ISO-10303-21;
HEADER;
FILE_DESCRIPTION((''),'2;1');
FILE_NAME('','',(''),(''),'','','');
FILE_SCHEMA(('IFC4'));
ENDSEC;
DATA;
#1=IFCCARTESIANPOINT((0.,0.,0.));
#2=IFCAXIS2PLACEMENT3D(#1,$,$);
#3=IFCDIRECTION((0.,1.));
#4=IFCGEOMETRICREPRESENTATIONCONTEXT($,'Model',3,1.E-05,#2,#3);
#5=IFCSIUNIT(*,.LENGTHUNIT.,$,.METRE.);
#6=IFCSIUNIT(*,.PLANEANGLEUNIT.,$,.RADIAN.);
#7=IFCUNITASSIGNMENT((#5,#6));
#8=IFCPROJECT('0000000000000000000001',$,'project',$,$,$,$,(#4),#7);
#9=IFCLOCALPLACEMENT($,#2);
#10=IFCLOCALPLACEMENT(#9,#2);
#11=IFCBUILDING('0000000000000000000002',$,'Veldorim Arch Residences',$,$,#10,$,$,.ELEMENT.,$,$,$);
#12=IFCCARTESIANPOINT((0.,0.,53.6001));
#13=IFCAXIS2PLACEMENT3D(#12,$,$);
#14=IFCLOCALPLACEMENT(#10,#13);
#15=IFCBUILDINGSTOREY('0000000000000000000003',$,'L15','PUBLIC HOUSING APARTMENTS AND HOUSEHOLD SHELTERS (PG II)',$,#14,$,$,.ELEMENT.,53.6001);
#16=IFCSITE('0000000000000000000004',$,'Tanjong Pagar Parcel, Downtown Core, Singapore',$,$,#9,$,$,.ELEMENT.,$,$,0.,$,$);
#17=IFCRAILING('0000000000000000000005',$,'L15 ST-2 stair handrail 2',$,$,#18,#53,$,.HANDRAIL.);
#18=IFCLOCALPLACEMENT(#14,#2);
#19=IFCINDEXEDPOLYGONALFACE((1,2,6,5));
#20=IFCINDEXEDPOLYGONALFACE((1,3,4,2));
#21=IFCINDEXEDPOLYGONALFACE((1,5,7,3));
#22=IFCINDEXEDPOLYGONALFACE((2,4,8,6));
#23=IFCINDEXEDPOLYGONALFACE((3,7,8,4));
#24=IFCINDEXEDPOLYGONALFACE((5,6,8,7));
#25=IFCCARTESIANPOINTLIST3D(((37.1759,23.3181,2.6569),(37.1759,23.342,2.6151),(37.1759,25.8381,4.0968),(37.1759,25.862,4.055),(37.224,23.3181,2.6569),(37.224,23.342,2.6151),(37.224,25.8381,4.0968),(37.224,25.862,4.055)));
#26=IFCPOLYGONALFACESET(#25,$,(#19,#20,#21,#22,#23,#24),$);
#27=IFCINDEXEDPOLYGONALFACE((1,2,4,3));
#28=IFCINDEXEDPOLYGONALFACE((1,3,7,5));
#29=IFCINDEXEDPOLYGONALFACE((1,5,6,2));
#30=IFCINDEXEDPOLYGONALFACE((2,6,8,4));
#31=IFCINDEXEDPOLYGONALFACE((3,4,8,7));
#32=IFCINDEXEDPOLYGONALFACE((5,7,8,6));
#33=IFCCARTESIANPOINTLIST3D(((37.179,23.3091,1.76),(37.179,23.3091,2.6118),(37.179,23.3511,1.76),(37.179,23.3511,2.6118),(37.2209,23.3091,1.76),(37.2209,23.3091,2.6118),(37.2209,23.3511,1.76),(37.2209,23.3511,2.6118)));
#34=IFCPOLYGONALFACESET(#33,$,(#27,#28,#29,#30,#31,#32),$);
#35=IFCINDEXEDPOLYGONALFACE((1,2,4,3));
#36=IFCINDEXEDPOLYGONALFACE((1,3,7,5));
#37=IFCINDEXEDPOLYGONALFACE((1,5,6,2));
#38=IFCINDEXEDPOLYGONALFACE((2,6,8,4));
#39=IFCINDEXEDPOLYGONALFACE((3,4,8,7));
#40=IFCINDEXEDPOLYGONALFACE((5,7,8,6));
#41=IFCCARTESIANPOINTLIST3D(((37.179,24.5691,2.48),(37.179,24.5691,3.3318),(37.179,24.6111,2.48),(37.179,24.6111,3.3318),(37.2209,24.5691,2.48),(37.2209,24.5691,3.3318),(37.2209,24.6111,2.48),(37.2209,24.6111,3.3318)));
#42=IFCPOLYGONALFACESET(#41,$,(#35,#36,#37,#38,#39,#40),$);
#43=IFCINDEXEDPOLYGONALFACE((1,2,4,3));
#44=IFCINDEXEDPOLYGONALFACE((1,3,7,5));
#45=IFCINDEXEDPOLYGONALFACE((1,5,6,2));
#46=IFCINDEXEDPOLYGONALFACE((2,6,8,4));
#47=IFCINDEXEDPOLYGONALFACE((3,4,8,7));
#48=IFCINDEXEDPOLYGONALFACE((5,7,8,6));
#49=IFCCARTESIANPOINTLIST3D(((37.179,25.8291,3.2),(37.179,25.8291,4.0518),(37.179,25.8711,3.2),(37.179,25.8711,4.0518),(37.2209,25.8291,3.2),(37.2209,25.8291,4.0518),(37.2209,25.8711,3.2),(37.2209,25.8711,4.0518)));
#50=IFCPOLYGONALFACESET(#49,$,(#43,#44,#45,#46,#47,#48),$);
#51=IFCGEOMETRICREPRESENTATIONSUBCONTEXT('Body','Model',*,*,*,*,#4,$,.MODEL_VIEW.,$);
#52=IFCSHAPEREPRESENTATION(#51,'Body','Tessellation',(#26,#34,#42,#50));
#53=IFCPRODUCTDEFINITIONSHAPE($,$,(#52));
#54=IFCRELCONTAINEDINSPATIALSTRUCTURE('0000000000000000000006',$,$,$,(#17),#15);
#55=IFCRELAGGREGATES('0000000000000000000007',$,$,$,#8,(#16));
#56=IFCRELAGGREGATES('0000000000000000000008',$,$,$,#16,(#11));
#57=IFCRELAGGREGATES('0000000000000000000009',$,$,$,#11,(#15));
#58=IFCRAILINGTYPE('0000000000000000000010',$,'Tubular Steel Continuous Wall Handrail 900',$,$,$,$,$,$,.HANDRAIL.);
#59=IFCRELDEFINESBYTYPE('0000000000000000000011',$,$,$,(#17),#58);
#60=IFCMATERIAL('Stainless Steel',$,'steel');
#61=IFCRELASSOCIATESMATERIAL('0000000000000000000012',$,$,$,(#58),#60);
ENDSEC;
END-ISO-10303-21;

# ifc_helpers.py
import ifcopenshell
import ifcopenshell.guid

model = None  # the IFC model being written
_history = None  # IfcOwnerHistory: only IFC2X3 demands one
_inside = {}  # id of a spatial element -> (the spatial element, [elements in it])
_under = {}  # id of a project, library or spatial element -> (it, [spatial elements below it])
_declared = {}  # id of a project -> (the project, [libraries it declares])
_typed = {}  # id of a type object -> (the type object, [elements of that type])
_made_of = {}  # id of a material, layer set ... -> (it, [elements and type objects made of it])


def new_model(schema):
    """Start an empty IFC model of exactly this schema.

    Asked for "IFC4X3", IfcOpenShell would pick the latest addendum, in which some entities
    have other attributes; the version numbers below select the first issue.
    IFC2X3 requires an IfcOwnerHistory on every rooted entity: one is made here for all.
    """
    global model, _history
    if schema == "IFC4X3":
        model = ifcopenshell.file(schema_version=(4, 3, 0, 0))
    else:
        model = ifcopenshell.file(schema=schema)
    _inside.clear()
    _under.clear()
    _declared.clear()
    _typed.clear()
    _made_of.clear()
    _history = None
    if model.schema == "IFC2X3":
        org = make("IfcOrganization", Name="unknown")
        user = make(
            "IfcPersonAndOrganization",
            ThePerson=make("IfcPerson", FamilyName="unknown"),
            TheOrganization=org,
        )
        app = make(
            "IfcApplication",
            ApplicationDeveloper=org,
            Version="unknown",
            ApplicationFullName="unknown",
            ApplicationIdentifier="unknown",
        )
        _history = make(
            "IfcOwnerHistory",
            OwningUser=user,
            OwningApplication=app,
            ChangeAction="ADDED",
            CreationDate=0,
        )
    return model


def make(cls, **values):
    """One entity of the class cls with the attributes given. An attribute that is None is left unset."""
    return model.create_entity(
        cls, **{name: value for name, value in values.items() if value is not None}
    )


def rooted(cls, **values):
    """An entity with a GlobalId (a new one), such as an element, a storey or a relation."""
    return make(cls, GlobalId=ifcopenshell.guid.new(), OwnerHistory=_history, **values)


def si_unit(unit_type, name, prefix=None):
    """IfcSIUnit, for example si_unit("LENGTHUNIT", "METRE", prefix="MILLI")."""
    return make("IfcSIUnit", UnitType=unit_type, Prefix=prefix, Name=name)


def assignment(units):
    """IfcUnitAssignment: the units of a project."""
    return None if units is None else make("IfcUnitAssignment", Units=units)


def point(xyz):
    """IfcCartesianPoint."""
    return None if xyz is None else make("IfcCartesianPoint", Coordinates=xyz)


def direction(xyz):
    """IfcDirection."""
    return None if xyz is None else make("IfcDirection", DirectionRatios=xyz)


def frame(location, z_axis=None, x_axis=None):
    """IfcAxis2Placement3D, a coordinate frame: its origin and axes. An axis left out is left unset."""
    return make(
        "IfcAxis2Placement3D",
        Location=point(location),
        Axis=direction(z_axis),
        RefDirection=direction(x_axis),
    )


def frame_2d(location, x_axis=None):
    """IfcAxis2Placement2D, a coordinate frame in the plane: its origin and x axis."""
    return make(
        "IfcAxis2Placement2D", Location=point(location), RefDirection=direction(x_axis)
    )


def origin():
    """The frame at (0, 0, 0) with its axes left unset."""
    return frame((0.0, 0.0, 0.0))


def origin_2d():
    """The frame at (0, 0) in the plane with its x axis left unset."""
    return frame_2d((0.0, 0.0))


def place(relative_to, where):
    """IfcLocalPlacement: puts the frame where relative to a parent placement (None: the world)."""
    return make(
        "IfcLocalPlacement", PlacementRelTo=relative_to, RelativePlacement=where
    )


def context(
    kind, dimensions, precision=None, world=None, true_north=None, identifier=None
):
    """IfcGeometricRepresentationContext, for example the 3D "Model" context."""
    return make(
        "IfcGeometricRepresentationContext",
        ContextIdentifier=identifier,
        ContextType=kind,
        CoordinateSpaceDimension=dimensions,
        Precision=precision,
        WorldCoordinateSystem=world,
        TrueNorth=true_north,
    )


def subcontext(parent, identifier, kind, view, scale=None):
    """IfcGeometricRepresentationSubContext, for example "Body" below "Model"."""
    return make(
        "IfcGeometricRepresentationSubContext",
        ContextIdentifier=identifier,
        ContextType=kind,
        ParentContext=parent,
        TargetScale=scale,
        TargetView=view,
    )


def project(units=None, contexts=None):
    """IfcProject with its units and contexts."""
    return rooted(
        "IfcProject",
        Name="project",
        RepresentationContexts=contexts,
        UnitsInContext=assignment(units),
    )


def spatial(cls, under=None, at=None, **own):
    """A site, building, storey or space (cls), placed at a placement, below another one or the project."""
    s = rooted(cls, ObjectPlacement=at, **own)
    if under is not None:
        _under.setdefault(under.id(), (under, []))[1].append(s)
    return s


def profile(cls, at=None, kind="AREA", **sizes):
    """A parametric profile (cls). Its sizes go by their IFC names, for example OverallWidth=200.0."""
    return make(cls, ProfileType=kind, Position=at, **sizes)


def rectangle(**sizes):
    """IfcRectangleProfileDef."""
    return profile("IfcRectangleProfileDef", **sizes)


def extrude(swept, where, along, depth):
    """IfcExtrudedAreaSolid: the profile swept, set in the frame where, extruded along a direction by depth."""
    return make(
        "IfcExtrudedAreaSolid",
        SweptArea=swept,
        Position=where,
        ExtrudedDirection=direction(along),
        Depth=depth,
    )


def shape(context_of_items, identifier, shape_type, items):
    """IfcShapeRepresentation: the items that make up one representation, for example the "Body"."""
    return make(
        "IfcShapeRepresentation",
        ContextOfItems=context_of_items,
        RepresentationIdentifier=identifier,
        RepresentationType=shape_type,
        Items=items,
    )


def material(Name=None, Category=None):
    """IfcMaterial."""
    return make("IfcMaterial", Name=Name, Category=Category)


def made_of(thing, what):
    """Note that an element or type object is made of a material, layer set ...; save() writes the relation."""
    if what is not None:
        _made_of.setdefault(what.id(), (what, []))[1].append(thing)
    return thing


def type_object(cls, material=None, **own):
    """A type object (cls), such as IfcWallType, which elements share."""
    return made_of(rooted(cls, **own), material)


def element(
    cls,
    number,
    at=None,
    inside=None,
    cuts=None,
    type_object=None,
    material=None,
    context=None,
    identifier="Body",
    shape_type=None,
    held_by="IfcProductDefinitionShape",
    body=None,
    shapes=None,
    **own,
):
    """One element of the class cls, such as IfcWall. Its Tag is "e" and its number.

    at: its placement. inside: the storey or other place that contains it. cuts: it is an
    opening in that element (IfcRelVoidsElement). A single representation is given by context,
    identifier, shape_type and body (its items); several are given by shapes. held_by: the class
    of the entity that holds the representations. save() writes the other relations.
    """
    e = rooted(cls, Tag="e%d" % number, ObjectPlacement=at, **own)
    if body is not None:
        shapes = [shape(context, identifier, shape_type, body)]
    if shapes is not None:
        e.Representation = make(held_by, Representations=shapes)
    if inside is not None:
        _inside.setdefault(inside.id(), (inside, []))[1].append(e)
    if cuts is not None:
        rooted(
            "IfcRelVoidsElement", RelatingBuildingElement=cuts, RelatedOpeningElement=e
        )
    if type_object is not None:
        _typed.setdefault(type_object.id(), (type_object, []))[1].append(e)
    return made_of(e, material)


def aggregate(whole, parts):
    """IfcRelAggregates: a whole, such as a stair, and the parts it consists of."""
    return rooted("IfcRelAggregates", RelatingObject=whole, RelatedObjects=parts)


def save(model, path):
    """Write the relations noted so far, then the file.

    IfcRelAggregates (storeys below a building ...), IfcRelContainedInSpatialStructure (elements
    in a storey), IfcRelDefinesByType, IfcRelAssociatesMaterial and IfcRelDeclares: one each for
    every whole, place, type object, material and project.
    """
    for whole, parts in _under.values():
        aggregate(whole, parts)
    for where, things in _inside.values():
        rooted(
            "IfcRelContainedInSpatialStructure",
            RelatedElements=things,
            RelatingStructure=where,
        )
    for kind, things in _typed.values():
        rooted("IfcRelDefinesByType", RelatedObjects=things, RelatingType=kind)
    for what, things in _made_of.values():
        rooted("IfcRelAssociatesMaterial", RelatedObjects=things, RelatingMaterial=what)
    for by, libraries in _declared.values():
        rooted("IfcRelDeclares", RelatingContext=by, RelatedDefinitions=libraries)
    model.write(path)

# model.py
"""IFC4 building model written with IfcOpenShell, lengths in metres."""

from ifc_helpers import new_model, si_unit, direction, frame, origin, origin_2d, place, context, subcontext, project, spatial, rectangle, extrude, material, type_object, element, save


model = new_model("IFC4")

# Units and contexts
model_context = context("Model", 3, precision=1e-05, world=origin(), true_north=direction((0.0, 1.0)))
body_context = subcontext(model_context, "Body", "Model", "MODEL_VIEW")
ifc_project = project(units=[si_unit("LENGTHUNIT", "METRE"), si_unit("PLANEANGLEUNIT", "RADIAN")], contexts=[model_context])

# Site, building, storey
site_placement = place(None, origin())
site = spatial("IfcSite", under=ifc_project, at=site_placement, Name="Tanjong Pagar Parcel, Downtown Core, Singapore", CompositionType="ELEMENT", RefElevation=0.0)
building_placement = place(site_placement, origin())
building = spatial("IfcBuilding", under=site, at=building_placement, Name="Veldorim Arch Residences", CompositionType="ELEMENT")
storey_placement = place(building_placement, frame((0.0, 0.0, 53.6001)))
storey = spatial("IfcBuildingStorey", under=building, at=storey_placement, Name="L15", Description="PUBLIC HOUSING APARTMENTS AND HOUSEHOLD SHELTERS (PG II)", CompositionType="ELEMENT", Elevation=53.6001)

# Railing
ifc_material_1 = material(Name="Stainless Steel", Category="steel")
railing_type_1 = type_object("IfcRailingType", Name="Tubular Steel Continuous Wall Handrail 900", PredefinedType="HANDRAIL", material=ifc_material_1)
railing_1_placement = place(storey_placement, frame((37.2, 23.3301, 1.76)))
element("IfcRailing", 1, at=railing_1_placement, inside=storey, type_object=railing_type_1, Name="L15 ST-2 stair handrail 2", PredefinedType="HANDRAIL", context=body_context, shape_type="SweptSolid", body=[
    extrude(rectangle(XDim=0.0481, YDim=0.0481, at=origin_2d()), frame((0.0, 0.0, 0.876), z_axis=(0.0, 0.868253, 0.496121), x_axis=(-1.0, 0.0, 0.0)), (0.0, 0.0, 1.0), 2.9023),
    extrude(rectangle(XDim=0.042, YDim=0.042, at=origin_2d()), origin(), (0.0, 0.0, 1.0), 0.8518),
    extrude(rectangle(XDim=0.042, YDim=0.042, at=origin_2d()), frame((0.0, 1.26, 0.72)), (0.0, 0.0, 1.0), 0.8518),
    extrude(rectangle(XDim=0.042, YDim=0.042, at=origin_2d()), frame((0.0, 2.52, 1.4399)), (0.0, 0.0, 1.0), 0.8518),
])

save(model, "model.ifc")
